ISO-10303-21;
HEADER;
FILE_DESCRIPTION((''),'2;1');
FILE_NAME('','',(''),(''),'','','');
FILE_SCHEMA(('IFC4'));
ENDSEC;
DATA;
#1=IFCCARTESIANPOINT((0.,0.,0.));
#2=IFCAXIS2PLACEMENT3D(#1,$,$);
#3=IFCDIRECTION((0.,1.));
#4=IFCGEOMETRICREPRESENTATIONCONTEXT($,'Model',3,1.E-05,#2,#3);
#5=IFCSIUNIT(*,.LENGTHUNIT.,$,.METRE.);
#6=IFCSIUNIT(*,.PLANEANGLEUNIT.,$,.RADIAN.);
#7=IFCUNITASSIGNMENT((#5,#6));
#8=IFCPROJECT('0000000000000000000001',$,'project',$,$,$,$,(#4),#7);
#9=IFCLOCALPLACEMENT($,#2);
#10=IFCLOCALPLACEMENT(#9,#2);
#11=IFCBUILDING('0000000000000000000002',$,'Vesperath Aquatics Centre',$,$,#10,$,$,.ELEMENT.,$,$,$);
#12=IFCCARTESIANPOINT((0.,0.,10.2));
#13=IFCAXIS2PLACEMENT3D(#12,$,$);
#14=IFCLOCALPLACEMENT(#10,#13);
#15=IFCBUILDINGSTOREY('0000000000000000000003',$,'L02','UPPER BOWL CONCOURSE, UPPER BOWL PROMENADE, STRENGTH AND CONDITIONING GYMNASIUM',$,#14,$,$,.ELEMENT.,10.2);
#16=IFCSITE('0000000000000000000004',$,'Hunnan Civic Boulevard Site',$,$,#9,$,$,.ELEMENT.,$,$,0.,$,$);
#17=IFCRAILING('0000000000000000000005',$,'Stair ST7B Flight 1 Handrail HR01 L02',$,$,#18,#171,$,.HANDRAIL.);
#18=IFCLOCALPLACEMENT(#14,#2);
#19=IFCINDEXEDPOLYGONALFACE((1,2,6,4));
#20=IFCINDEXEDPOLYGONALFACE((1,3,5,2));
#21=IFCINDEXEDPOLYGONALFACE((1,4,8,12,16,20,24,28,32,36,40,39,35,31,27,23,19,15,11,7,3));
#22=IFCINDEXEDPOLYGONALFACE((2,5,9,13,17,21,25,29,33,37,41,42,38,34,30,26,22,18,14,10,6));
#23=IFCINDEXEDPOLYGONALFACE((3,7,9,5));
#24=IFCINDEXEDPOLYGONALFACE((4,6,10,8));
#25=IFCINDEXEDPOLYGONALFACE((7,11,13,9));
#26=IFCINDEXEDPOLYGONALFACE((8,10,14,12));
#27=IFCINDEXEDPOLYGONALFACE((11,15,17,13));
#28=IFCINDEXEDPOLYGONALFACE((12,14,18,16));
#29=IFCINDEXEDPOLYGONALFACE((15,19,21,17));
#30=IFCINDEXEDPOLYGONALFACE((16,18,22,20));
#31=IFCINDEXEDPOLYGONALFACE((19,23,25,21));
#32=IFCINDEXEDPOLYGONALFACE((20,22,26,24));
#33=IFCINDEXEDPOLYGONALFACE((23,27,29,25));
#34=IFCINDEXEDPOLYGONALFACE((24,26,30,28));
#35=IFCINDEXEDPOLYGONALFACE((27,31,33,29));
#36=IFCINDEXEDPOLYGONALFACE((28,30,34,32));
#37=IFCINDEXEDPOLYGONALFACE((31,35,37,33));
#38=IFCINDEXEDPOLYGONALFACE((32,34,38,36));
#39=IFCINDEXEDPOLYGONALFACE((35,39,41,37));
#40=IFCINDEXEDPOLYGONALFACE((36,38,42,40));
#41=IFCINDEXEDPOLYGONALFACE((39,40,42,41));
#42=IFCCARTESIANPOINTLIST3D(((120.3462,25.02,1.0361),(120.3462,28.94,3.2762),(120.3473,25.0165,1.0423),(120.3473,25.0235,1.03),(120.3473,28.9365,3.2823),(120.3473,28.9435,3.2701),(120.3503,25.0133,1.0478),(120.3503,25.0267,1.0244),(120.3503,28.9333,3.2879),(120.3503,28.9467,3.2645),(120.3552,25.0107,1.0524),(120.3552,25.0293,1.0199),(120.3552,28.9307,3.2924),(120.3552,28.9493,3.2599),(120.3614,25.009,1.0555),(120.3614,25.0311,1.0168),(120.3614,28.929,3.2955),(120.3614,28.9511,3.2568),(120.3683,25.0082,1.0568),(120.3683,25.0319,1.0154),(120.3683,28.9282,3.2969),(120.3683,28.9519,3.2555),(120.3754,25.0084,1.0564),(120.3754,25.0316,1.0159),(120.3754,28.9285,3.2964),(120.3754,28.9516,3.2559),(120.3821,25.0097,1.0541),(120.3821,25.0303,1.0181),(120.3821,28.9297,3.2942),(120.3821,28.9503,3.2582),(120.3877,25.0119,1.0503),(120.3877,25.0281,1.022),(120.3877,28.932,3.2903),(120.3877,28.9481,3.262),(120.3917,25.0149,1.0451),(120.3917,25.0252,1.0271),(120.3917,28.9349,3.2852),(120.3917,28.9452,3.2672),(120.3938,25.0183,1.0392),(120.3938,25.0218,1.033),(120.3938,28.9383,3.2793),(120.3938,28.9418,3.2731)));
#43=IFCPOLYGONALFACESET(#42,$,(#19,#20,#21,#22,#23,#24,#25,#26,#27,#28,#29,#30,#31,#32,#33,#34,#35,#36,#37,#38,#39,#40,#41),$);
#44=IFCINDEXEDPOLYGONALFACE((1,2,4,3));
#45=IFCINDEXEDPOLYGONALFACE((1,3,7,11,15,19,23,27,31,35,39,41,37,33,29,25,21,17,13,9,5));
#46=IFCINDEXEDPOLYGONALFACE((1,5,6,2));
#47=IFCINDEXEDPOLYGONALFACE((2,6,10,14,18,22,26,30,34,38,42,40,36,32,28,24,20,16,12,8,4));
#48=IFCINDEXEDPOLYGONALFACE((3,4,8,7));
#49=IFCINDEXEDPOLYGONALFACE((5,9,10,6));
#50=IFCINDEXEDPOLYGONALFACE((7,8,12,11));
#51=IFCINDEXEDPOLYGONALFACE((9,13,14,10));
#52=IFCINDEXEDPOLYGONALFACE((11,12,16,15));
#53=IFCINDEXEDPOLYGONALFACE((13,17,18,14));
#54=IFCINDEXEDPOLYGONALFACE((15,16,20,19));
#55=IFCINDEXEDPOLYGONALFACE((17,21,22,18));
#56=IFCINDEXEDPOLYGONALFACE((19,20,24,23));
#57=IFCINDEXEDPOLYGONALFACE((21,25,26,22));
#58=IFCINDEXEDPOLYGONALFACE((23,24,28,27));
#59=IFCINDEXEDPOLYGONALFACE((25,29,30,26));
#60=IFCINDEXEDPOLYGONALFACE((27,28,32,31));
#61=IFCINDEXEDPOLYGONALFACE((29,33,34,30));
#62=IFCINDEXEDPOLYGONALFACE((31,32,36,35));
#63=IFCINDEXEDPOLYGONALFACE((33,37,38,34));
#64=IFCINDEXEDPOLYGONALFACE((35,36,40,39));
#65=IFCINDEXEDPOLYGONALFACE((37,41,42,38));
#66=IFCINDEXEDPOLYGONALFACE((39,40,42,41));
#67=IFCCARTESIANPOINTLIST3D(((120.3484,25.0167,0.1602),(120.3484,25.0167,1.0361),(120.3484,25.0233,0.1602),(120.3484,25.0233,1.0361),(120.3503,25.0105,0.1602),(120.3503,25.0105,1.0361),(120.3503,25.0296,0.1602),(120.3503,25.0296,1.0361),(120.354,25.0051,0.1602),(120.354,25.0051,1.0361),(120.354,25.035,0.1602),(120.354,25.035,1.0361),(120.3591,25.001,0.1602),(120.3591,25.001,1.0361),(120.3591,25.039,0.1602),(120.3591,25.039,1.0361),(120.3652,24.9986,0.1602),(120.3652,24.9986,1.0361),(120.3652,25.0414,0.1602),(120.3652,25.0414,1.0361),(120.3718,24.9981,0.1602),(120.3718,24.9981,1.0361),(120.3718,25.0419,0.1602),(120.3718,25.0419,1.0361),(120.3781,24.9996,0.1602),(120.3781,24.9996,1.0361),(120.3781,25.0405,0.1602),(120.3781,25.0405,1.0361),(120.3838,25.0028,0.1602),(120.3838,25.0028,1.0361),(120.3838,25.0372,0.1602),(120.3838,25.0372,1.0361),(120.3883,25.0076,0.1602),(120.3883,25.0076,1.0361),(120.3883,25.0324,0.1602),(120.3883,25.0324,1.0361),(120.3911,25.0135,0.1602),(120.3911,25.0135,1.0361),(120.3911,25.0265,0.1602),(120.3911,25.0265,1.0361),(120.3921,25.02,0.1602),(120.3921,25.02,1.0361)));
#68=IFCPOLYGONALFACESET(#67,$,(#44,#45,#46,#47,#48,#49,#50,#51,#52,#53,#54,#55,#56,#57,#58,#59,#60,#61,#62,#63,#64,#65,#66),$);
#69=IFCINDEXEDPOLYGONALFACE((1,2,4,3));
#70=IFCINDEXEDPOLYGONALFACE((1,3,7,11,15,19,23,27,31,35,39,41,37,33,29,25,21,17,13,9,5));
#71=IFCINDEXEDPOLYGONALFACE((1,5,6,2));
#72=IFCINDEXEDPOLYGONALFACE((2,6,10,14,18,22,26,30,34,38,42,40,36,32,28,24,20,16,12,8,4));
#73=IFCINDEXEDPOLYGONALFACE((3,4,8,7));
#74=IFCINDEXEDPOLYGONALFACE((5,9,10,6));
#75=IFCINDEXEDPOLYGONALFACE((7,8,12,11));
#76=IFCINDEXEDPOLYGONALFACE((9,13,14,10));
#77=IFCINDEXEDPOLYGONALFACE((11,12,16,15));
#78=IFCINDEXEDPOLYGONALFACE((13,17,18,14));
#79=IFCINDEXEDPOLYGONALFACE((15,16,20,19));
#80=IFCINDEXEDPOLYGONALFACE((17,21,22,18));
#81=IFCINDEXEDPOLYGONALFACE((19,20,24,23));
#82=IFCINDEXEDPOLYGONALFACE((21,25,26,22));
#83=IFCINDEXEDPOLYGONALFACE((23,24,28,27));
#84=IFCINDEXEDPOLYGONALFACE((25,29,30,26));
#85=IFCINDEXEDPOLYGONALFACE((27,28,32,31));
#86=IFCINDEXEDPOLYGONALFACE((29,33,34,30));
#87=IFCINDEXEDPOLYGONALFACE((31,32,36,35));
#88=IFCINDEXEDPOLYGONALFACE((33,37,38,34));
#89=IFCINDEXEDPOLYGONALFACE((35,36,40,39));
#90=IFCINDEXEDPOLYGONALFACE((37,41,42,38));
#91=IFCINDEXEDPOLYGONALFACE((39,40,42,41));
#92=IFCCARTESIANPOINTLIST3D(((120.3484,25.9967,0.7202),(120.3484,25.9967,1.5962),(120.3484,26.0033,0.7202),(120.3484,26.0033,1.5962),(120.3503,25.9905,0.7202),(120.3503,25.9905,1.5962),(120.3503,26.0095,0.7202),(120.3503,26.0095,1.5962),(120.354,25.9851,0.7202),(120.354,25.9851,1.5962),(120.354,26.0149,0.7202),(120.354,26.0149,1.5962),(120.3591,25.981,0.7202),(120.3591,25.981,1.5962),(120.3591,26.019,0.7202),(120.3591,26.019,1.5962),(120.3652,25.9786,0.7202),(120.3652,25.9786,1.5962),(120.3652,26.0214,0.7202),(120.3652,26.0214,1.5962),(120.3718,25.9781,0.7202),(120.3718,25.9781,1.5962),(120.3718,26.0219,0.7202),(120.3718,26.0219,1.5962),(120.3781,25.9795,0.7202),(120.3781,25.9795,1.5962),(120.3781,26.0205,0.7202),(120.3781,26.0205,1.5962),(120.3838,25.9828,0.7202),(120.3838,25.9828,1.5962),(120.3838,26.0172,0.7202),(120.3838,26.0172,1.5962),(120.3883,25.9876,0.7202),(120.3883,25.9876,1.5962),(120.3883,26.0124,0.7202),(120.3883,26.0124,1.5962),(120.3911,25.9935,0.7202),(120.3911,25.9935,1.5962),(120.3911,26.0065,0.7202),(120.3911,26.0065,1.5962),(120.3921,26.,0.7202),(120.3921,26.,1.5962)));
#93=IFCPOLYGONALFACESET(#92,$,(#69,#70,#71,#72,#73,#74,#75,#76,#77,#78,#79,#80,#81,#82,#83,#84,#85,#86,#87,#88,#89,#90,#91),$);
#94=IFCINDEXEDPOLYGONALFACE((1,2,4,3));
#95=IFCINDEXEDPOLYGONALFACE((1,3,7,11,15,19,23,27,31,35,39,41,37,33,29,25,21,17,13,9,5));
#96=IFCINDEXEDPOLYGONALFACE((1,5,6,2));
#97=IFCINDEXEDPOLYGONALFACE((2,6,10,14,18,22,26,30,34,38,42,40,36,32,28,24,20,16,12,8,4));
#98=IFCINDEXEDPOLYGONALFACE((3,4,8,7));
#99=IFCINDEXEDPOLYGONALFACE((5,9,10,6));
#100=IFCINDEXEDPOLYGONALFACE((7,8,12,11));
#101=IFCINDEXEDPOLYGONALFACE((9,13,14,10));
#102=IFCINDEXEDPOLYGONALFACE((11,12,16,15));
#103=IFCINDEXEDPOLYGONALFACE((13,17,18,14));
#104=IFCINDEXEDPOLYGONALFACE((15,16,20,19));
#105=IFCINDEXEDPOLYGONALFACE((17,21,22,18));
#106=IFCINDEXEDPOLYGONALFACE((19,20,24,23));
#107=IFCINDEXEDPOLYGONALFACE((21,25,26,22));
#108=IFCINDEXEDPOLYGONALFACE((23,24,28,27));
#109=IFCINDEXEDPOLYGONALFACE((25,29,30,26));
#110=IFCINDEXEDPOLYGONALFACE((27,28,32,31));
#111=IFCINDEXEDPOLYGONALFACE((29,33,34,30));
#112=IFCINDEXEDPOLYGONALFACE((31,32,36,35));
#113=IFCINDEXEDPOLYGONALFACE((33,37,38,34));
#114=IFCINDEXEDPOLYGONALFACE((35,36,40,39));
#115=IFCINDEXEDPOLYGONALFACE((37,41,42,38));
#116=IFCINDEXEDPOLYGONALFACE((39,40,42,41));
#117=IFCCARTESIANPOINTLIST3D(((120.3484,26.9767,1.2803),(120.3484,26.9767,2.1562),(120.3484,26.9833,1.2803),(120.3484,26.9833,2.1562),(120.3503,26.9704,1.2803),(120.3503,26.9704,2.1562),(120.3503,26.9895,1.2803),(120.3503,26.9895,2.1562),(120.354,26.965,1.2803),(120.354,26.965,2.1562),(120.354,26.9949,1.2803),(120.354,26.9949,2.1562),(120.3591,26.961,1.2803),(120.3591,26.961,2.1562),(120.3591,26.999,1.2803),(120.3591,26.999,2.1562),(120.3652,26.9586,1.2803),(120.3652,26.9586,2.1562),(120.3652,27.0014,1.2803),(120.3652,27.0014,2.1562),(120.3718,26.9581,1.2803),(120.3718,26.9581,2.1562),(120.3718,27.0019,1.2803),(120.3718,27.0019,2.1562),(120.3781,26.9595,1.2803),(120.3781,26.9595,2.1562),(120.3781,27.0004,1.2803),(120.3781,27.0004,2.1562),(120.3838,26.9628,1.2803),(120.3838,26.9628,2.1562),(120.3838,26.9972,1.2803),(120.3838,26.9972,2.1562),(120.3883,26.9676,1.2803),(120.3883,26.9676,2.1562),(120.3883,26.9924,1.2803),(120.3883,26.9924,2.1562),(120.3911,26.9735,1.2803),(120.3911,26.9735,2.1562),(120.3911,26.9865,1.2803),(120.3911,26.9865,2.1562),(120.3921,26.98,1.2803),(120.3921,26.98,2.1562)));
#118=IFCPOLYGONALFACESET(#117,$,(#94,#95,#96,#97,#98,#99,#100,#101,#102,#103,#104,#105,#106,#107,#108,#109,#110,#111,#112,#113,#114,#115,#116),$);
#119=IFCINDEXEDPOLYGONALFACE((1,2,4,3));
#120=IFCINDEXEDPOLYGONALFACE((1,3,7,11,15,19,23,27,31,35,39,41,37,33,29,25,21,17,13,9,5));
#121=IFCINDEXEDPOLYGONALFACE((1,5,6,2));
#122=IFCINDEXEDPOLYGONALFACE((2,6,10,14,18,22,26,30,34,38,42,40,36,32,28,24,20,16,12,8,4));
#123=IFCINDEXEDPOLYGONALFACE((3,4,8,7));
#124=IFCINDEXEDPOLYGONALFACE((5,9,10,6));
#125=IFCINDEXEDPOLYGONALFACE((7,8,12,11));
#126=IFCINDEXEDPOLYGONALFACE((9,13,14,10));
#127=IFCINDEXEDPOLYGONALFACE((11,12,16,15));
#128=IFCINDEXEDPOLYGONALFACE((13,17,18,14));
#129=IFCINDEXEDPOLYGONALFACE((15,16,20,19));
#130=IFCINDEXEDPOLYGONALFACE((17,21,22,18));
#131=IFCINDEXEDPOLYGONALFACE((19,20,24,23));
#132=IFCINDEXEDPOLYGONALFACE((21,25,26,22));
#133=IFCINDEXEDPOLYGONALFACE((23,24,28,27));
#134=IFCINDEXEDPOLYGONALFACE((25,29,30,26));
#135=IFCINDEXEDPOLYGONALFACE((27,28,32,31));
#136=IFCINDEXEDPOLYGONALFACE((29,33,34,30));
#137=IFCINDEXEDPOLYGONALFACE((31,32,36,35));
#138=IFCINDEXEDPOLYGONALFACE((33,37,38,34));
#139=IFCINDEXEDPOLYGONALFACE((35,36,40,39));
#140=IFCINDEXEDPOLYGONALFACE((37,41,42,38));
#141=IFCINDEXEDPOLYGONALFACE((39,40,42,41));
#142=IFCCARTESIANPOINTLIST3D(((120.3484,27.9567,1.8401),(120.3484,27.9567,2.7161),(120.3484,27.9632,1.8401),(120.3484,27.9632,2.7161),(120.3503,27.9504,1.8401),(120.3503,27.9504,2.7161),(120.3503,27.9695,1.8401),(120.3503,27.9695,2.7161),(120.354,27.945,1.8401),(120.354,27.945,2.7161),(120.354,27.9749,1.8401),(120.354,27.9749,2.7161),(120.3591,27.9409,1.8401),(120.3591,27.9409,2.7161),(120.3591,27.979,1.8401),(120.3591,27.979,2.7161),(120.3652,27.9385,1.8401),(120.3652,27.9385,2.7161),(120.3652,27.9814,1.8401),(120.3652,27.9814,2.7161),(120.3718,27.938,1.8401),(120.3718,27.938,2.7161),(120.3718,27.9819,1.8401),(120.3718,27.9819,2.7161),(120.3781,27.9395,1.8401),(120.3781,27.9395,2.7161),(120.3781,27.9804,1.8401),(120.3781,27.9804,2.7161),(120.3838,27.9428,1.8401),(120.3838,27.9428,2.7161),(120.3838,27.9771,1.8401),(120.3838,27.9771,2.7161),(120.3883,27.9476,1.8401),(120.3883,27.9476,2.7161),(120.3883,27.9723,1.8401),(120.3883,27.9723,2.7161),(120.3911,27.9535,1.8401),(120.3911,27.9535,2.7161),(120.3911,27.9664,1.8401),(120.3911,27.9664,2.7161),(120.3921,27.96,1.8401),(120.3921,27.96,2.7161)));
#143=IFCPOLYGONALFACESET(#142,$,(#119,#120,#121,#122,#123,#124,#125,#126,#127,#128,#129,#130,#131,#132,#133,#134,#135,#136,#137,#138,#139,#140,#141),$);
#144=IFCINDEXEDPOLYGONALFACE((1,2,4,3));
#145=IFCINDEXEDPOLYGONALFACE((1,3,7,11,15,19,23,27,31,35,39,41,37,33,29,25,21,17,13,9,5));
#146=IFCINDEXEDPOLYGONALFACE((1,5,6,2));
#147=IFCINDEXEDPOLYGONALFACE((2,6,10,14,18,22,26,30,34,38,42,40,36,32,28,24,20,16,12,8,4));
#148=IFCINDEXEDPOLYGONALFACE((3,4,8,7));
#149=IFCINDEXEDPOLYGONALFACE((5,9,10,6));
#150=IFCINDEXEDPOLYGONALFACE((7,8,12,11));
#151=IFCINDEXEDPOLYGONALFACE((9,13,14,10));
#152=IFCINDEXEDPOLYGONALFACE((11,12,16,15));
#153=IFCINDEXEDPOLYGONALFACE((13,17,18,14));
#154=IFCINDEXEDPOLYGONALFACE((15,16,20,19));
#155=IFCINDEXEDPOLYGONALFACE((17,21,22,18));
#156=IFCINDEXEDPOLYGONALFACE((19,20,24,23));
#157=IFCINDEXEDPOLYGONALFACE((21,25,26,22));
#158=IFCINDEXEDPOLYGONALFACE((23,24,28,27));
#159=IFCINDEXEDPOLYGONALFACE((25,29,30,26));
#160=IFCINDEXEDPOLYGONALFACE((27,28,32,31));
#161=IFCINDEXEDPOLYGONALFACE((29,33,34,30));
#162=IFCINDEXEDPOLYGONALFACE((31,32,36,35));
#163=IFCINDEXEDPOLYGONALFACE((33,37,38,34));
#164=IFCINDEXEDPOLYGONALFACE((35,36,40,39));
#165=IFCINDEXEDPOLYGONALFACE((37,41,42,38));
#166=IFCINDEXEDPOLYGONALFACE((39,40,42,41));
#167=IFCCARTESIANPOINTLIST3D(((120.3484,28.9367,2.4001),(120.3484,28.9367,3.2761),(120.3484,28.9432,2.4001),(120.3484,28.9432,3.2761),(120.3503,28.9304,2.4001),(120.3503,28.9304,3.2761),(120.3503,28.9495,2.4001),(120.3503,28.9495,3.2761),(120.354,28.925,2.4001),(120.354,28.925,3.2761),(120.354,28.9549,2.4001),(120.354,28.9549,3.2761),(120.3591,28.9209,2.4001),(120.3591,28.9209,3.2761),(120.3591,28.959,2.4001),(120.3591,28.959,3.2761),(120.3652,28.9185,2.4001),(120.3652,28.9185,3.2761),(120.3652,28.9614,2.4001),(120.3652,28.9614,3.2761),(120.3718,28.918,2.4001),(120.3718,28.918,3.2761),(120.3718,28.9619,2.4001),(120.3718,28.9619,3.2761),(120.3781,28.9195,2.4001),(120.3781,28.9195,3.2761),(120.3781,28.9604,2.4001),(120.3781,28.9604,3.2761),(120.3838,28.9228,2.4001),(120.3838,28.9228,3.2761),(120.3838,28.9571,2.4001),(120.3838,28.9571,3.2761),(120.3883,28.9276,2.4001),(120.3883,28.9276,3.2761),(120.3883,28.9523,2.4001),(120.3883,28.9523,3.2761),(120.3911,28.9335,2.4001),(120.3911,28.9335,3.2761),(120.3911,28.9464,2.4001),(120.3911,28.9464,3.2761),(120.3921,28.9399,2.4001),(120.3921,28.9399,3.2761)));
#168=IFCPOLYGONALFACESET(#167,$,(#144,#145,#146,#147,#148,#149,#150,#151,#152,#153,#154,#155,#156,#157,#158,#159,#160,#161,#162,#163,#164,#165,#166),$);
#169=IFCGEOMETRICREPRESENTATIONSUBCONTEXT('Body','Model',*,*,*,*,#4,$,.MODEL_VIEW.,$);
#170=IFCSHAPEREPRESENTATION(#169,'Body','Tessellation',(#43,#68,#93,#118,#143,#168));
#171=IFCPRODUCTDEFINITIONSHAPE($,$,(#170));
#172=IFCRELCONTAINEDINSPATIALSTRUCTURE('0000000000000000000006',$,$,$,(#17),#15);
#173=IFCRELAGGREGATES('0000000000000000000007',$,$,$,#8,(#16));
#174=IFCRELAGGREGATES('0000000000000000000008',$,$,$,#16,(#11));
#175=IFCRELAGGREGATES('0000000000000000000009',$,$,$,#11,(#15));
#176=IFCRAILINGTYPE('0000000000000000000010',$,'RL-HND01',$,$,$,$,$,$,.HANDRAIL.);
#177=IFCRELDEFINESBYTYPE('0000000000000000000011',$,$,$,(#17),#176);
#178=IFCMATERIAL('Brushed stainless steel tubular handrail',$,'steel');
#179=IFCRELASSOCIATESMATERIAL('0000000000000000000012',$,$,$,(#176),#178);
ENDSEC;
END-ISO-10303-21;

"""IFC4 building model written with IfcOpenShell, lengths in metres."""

from ifc_helpers import new_model, si_unit, direction, frame, origin, origin_2d, place, context, subcontext, project, spatial, circle, extrude, material, type_object, element, save


model = new_model("IFC4")

# Units and contexts
model_context = context("Model", 3, precision=1e-05, world=origin(), true_north=direction((0.0, 1.0)))
body_context = subcontext(model_context, "Body", "Model", "MODEL_VIEW")
ifc_project = project(units=[si_unit("LENGTHUNIT", "METRE"), si_unit("PLANEANGLEUNIT", "RADIAN")], contexts=[model_context])

# Site, building, storey
site_placement = place(None, origin())
site = spatial("IfcSite", under=ifc_project, at=site_placement, Name="Hunnan Civic Boulevard Site", CompositionType="ELEMENT", RefElevation=0.0)
building_placement = place(site_placement, origin())
building = spatial("IfcBuilding", under=site, at=building_placement, Name="Vesperath Aquatics Centre", CompositionType="ELEMENT")
storey_placement = place(building_placement, frame((0.0, 0.0, 10.2)))
storey = spatial("IfcBuildingStorey", under=building, at=storey_placement, Name="L02", Description="UPPER BOWL CONCOURSE, UPPER BOWL PROMENADE, STRENGTH AND CONDITIONING GYMNASIUM", CompositionType="ELEMENT", Elevation=10.2)

# Railing
ifc_material_1 = material(Name="Brushed stainless steel tubular handrail", Category="steel")
railing_type_1 = type_object("IfcRailingType", Name="RL-HND01", PredefinedType="HANDRAIL", material=ifc_material_1)
railing_1_placement = place(storey_placement, frame((120.3701, 25.02, 0.1602)))
element("IfcRailing", 1, at=railing_1_placement, inside=storey, type_object=railing_type_1, Name="Stair ST7B Flight 1 Handrail HR01 L02", PredefinedType="HANDRAIL", context=body_context, shape_type="SweptSolid", body=[
    extrude(circle(Radius=0.0239, at=origin_2d()), frame((0.0, 0.0, 0.876), z_axis=(0.0, 0.86824, 0.496145), x_axis=(-1.0, 0.0, 0.0)), (0.0, 0.0, 1.0), 4.5149),
    extrude(circle(Radius=0.022, at=origin_2d()), origin(), (0.0, 0.0, 1.0), 0.876),
    extrude(circle(Radius=0.022, at=origin_2d()), frame((0.0, 0.98, 0.5601)), (0.0, 0.0, 1.0), 0.876),
    extrude(circle(Radius=0.022, at=origin_2d()), frame((0.0, 1.96, 1.1201)), (0.0, 0.0, 1.0), 0.876),
    extrude(circle(Radius=0.022, at=origin_2d()), frame((0.0, 2.9399, 1.6799)), (0.0, 0.0, 1.0), 0.876),
    extrude(circle(Radius=0.022, at=origin_2d()), frame((0.0, 3.9199, 2.24)), (0.0, 0.0, 1.0), 0.876),
])

save(model, "model.ifc")
